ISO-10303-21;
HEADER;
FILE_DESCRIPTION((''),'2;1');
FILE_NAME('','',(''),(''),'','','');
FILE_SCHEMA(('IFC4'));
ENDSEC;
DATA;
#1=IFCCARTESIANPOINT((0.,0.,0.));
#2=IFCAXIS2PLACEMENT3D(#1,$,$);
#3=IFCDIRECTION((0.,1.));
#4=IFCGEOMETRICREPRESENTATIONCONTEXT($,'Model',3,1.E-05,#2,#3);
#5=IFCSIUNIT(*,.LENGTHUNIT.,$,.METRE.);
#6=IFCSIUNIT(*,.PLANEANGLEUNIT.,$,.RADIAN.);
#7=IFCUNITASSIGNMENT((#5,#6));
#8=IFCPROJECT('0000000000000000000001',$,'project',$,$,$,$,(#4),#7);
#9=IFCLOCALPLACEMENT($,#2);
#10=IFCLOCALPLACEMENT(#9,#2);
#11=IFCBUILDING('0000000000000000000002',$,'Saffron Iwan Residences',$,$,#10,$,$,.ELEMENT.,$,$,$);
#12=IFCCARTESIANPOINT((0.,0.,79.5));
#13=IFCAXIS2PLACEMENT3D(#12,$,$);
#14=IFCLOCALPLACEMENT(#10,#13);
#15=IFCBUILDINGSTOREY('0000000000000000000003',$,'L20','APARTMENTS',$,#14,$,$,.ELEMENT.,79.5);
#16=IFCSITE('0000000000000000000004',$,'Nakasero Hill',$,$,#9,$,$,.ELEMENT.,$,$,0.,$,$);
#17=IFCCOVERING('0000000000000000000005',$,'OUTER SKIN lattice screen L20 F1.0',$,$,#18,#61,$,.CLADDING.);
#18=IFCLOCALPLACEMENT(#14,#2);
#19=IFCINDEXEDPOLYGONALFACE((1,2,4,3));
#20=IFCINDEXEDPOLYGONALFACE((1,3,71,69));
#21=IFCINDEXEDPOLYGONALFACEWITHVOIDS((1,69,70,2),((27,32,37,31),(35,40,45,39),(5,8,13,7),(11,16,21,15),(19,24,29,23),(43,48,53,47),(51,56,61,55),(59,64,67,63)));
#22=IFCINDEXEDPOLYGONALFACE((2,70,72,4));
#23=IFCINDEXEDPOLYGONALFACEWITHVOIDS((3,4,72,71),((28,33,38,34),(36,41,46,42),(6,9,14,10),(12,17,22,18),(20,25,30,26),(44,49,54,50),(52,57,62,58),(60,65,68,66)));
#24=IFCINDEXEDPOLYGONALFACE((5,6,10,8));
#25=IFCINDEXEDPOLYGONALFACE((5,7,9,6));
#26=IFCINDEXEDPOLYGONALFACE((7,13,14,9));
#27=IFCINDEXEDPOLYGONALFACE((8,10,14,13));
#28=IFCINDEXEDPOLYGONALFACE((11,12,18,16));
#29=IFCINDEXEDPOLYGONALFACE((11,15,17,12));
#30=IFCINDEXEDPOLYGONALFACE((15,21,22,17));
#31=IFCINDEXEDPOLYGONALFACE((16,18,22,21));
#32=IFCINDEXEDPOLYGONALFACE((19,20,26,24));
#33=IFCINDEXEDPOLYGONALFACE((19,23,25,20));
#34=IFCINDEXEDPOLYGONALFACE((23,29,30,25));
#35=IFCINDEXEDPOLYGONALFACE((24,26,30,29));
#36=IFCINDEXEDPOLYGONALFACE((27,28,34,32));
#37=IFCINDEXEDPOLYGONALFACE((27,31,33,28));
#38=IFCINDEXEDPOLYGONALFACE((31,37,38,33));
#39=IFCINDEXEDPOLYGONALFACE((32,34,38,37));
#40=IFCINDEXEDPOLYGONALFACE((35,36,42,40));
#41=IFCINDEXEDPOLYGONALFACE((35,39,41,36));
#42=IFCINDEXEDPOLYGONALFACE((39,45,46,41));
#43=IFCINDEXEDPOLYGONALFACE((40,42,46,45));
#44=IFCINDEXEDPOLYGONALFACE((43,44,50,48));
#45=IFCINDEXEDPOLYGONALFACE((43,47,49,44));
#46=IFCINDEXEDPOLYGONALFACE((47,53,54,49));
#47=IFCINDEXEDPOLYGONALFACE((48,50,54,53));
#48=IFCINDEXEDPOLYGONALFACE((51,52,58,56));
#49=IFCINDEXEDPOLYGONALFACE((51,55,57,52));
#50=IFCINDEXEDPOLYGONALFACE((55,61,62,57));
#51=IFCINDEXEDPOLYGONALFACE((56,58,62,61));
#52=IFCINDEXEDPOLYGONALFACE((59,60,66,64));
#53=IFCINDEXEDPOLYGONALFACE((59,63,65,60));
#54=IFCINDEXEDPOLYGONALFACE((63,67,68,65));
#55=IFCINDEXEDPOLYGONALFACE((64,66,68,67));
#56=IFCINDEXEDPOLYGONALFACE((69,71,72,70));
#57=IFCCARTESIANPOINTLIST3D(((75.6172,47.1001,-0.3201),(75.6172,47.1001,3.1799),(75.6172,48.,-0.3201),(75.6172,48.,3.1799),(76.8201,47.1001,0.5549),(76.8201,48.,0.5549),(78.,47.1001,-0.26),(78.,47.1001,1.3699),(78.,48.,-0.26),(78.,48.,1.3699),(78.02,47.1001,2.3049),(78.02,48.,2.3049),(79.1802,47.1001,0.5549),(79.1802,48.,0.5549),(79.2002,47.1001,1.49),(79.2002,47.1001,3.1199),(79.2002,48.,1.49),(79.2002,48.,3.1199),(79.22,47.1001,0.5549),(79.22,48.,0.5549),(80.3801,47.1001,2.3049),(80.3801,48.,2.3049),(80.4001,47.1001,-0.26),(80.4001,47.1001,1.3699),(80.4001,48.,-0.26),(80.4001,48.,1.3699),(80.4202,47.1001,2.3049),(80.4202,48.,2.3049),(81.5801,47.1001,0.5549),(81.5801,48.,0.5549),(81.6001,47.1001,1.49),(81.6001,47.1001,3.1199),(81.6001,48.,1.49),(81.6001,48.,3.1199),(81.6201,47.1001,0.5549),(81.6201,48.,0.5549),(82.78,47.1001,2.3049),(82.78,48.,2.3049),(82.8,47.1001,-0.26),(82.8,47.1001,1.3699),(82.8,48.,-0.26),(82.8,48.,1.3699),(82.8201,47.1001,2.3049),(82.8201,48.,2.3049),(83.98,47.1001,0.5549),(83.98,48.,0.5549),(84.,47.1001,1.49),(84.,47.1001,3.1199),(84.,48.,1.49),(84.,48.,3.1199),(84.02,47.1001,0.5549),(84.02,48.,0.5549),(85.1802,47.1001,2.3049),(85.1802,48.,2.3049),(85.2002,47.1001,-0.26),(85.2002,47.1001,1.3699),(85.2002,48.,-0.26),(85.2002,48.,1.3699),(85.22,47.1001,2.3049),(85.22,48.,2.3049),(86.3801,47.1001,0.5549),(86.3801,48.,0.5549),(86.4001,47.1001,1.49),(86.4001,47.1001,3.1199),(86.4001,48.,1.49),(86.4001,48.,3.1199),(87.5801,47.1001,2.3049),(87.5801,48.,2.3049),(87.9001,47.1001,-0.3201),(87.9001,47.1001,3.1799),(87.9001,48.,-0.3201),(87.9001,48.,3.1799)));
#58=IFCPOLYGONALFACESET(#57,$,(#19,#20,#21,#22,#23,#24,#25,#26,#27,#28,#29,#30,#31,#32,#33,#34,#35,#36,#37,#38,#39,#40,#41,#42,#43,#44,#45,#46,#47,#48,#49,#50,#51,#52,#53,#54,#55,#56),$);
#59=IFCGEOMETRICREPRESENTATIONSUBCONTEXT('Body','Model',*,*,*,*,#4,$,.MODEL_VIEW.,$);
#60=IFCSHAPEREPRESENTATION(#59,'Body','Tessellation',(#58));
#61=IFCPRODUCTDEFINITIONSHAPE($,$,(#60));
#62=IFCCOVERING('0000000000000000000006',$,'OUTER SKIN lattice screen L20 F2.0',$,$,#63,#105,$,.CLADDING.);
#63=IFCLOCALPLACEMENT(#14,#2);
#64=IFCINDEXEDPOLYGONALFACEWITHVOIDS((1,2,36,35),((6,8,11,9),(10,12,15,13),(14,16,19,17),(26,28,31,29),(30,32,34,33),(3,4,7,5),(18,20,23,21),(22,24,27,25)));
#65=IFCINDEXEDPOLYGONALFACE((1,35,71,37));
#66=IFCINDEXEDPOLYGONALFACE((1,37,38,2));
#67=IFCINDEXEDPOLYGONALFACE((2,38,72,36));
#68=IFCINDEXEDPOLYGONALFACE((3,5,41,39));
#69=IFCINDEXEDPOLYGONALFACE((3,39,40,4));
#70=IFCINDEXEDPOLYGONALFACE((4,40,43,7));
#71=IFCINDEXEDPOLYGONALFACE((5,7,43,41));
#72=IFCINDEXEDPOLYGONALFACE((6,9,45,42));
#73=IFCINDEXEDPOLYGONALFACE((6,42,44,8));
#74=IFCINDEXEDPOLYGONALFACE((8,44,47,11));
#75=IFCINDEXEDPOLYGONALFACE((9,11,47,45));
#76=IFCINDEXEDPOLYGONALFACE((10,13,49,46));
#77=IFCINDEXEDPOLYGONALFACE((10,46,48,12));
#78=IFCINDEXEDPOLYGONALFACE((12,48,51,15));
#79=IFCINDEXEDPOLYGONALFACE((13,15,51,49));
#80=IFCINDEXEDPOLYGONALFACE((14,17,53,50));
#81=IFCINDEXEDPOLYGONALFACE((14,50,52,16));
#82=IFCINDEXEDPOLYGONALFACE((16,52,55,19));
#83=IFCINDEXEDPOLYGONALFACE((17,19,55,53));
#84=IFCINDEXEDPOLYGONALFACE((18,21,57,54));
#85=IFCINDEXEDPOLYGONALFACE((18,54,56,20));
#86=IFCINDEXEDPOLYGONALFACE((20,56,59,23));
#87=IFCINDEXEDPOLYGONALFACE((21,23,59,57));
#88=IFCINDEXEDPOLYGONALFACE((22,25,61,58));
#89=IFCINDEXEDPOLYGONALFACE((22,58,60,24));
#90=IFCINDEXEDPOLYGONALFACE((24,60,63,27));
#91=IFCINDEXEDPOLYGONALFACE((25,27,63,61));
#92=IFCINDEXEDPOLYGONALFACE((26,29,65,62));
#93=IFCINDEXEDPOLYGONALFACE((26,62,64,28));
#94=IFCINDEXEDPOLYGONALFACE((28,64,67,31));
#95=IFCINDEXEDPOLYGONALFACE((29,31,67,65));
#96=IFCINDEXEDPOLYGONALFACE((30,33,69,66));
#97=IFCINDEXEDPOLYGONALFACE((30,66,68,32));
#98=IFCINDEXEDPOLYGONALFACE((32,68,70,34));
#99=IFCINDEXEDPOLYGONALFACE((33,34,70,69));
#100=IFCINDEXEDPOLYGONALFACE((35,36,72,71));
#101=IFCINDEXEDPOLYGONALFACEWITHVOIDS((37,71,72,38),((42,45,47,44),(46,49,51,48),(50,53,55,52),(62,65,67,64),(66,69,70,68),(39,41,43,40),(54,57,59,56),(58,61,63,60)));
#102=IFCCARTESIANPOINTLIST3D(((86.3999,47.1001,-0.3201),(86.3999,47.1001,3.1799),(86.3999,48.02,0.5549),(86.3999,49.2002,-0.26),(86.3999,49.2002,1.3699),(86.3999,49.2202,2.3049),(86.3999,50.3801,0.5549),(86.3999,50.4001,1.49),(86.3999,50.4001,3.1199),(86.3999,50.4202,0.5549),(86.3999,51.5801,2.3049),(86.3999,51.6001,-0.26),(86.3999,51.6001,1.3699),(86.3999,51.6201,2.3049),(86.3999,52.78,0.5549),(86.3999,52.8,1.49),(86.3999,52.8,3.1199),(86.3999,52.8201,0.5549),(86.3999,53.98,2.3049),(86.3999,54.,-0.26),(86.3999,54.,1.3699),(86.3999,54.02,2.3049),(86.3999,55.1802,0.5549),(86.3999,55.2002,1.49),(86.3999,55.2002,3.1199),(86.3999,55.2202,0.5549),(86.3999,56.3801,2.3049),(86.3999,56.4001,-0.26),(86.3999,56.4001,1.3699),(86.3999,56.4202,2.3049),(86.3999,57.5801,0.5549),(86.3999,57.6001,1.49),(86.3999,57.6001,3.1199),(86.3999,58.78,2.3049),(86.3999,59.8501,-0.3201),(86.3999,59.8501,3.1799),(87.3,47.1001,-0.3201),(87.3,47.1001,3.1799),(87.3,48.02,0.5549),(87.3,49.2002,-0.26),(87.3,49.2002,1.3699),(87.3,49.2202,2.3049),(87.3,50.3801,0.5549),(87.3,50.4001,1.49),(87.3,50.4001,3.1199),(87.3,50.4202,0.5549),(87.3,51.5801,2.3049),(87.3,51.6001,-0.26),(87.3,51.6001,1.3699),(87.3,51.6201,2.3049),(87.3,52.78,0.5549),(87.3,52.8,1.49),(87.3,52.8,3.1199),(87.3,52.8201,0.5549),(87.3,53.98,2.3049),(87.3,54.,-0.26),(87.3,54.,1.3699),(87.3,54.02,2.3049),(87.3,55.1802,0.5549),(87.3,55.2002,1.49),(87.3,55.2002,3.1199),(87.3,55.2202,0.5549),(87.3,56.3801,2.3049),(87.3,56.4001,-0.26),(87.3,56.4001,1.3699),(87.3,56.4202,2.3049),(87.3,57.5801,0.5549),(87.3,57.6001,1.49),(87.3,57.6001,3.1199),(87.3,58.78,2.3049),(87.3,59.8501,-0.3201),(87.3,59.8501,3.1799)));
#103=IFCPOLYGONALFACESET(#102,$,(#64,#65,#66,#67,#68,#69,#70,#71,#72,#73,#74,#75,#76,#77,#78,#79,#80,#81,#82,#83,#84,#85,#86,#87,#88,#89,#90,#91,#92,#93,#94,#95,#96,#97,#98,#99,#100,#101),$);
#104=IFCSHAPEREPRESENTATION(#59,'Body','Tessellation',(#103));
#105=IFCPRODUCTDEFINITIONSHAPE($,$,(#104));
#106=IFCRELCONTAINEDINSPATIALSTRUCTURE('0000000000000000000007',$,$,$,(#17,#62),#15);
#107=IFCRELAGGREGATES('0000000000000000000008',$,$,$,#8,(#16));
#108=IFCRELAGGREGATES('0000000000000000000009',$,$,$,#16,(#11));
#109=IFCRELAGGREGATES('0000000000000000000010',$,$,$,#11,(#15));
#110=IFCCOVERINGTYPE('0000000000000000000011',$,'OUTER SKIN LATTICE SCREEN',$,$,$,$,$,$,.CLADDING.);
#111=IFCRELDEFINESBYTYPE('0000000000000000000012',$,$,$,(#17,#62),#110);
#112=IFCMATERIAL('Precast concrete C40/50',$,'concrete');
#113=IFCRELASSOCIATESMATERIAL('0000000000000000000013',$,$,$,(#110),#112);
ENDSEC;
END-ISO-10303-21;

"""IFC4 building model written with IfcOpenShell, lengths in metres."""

from ifc_helpers import new_model, si_unit, direction, frame, origin, place, context, subcontext, project, spatial, polyline, outline, extrude, material, type_object, element, save


model = new_model("IFC4")

# Units and contexts
model_context = context("Model", 3, precision=1e-05, world=origin(), true_north=direction((0.0, 1.0)))
body_context = subcontext(model_context, "Body", "Model", "MODEL_VIEW")
ifc_project = project(units=[si_unit("LENGTHUNIT", "METRE"), si_unit("PLANEANGLEUNIT", "RADIAN")], contexts=[model_context])

# Site, building, storey
site_placement = place(None, origin())
site = spatial("IfcSite", under=ifc_project, at=site_placement, Name="Nakasero Hill", CompositionType="ELEMENT", RefElevation=0.0)
building_placement = place(site_placement, origin())
building = spatial("IfcBuilding", under=site, at=building_placement, Name="Saffron Iwan Residences", CompositionType="ELEMENT")
storey_placement = place(building_placement, frame((0.0, 0.0, 79.5)))
storey = spatial("IfcBuildingStorey", under=building, at=storey_placement, Name="L20", Description="APARTMENTS", CompositionType="ELEMENT", Elevation=79.5)

# Coverings
ifc_material_1 = material(Name="Precast concrete C40/50", Category="concrete")
covering_type = type_object("IfcCoveringType", Name="OUTER SKIN LATTICE SCREEN", PredefinedType="CLADDING", material=ifc_material_1)
covering_1_placement = place(storey_placement, frame((75.6172, 48.0, -0.3201), z_axis=(0.0, -1.0, 0.0), x_axis=(1.0, 0.0, 0.0)))
element("IfcCovering", 1, at=covering_1_placement, inside=storey, type_object=covering_type, Name="OUTER SKIN lattice screen L20 F1.0", PredefinedType="CLADDING", context=body_context, shape_type="SweptSolid", body=[
    extrude(outline(polyline([(0.0, 0.0), (12.283, 0.0), (12.283, 3.5), (0.0, 3.5), (0.0, 0.0)]), holes=[polyline([(1.2029, 0.875), (2.3828, 0.0601), (3.563, 0.875), (2.3828, 1.6899), (1.2029, 0.875)]), polyline([(3.6028, 0.875), (4.783, 0.0601), (5.9629, 0.875), (4.783, 1.6899), (3.6028, 0.875)]), polyline([(6.0029, 0.875), (7.1829, 0.0601), (8.3628, 0.875), (7.1829, 1.6899), (6.0029, 0.875)]), polyline([(8.4028, 0.875), (9.583, 0.0601), (10.7629, 0.875), (9.583, 1.6899), (8.4028, 0.875)]), polyline([(2.4028, 2.625), (3.583, 1.8101), (4.7629, 2.625), (3.583, 3.4399), (2.4028, 2.625)]), polyline([(4.803, 2.625), (5.9829, 1.8101), (7.1628, 2.625), (5.9829, 3.4399), (4.803, 2.625)]), polyline([(7.2029, 2.625), (8.3828, 1.8101), (9.563, 2.625), (8.3828, 3.4399), (7.2029, 2.625)]), polyline([(9.6028, 2.625), (10.783, 1.8101), (11.9629, 2.625), (10.783, 3.4399), (9.6028, 2.625)])]), origin(), (0.0, 0.0, 1.0), 0.8999),
])
covering_2_placement = place(storey_placement, frame((86.3999, 47.1001, -0.3201), z_axis=(1.0, 0.0, 0.0), x_axis=(0.0, 1.0, 0.0)))
element("IfcCovering", 2, at=covering_2_placement, inside=storey, type_object=covering_type, Name="OUTER SKIN lattice screen L20 F2.0", PredefinedType="CLADDING", context=body_context, shape_type="SweptSolid", body=[
    extrude(outline(polyline([(0.0, 0.0), (12.75, 0.0), (12.75, 3.5), (0.0, 3.5), (0.0, 0.0)]), holes=[polyline([(0.9199, 0.875), (2.1001, 0.0601), (3.28, 0.875), (2.1001, 1.6899), (0.9199, 0.875)]), polyline([(3.3201, 0.875), (4.5, 0.0601), (5.6799, 0.875), (4.5, 1.6899), (3.3201, 0.875)]), polyline([(5.72, 0.875), (6.8999, 0.0601), (8.0801, 0.875), (6.8999, 1.6899), (5.72, 0.875)]), polyline([(8.1201, 0.875), (9.3, 0.0601), (10.48, 0.875), (9.3, 1.6899), (8.1201, 0.875)]), polyline([(2.1201, 2.625), (3.3, 1.8101), (4.48, 2.625), (3.3, 3.4399), (2.1201, 2.625)]), polyline([(4.52, 2.625), (5.7, 1.8101), (6.8799, 2.625), (5.7, 3.4399), (4.52, 2.625)]), polyline([(6.9199, 2.625), (8.1001, 1.8101), (9.28, 2.625), (8.1001, 3.4399), (6.9199, 2.625)]), polyline([(9.3201, 2.625), (10.5, 1.8101), (11.6799, 2.625), (10.5, 3.4399), (9.3201, 2.625)])]), origin(), (0.0, 0.0, 1.0), 0.9001),
])

save(model, "model.ifc")
